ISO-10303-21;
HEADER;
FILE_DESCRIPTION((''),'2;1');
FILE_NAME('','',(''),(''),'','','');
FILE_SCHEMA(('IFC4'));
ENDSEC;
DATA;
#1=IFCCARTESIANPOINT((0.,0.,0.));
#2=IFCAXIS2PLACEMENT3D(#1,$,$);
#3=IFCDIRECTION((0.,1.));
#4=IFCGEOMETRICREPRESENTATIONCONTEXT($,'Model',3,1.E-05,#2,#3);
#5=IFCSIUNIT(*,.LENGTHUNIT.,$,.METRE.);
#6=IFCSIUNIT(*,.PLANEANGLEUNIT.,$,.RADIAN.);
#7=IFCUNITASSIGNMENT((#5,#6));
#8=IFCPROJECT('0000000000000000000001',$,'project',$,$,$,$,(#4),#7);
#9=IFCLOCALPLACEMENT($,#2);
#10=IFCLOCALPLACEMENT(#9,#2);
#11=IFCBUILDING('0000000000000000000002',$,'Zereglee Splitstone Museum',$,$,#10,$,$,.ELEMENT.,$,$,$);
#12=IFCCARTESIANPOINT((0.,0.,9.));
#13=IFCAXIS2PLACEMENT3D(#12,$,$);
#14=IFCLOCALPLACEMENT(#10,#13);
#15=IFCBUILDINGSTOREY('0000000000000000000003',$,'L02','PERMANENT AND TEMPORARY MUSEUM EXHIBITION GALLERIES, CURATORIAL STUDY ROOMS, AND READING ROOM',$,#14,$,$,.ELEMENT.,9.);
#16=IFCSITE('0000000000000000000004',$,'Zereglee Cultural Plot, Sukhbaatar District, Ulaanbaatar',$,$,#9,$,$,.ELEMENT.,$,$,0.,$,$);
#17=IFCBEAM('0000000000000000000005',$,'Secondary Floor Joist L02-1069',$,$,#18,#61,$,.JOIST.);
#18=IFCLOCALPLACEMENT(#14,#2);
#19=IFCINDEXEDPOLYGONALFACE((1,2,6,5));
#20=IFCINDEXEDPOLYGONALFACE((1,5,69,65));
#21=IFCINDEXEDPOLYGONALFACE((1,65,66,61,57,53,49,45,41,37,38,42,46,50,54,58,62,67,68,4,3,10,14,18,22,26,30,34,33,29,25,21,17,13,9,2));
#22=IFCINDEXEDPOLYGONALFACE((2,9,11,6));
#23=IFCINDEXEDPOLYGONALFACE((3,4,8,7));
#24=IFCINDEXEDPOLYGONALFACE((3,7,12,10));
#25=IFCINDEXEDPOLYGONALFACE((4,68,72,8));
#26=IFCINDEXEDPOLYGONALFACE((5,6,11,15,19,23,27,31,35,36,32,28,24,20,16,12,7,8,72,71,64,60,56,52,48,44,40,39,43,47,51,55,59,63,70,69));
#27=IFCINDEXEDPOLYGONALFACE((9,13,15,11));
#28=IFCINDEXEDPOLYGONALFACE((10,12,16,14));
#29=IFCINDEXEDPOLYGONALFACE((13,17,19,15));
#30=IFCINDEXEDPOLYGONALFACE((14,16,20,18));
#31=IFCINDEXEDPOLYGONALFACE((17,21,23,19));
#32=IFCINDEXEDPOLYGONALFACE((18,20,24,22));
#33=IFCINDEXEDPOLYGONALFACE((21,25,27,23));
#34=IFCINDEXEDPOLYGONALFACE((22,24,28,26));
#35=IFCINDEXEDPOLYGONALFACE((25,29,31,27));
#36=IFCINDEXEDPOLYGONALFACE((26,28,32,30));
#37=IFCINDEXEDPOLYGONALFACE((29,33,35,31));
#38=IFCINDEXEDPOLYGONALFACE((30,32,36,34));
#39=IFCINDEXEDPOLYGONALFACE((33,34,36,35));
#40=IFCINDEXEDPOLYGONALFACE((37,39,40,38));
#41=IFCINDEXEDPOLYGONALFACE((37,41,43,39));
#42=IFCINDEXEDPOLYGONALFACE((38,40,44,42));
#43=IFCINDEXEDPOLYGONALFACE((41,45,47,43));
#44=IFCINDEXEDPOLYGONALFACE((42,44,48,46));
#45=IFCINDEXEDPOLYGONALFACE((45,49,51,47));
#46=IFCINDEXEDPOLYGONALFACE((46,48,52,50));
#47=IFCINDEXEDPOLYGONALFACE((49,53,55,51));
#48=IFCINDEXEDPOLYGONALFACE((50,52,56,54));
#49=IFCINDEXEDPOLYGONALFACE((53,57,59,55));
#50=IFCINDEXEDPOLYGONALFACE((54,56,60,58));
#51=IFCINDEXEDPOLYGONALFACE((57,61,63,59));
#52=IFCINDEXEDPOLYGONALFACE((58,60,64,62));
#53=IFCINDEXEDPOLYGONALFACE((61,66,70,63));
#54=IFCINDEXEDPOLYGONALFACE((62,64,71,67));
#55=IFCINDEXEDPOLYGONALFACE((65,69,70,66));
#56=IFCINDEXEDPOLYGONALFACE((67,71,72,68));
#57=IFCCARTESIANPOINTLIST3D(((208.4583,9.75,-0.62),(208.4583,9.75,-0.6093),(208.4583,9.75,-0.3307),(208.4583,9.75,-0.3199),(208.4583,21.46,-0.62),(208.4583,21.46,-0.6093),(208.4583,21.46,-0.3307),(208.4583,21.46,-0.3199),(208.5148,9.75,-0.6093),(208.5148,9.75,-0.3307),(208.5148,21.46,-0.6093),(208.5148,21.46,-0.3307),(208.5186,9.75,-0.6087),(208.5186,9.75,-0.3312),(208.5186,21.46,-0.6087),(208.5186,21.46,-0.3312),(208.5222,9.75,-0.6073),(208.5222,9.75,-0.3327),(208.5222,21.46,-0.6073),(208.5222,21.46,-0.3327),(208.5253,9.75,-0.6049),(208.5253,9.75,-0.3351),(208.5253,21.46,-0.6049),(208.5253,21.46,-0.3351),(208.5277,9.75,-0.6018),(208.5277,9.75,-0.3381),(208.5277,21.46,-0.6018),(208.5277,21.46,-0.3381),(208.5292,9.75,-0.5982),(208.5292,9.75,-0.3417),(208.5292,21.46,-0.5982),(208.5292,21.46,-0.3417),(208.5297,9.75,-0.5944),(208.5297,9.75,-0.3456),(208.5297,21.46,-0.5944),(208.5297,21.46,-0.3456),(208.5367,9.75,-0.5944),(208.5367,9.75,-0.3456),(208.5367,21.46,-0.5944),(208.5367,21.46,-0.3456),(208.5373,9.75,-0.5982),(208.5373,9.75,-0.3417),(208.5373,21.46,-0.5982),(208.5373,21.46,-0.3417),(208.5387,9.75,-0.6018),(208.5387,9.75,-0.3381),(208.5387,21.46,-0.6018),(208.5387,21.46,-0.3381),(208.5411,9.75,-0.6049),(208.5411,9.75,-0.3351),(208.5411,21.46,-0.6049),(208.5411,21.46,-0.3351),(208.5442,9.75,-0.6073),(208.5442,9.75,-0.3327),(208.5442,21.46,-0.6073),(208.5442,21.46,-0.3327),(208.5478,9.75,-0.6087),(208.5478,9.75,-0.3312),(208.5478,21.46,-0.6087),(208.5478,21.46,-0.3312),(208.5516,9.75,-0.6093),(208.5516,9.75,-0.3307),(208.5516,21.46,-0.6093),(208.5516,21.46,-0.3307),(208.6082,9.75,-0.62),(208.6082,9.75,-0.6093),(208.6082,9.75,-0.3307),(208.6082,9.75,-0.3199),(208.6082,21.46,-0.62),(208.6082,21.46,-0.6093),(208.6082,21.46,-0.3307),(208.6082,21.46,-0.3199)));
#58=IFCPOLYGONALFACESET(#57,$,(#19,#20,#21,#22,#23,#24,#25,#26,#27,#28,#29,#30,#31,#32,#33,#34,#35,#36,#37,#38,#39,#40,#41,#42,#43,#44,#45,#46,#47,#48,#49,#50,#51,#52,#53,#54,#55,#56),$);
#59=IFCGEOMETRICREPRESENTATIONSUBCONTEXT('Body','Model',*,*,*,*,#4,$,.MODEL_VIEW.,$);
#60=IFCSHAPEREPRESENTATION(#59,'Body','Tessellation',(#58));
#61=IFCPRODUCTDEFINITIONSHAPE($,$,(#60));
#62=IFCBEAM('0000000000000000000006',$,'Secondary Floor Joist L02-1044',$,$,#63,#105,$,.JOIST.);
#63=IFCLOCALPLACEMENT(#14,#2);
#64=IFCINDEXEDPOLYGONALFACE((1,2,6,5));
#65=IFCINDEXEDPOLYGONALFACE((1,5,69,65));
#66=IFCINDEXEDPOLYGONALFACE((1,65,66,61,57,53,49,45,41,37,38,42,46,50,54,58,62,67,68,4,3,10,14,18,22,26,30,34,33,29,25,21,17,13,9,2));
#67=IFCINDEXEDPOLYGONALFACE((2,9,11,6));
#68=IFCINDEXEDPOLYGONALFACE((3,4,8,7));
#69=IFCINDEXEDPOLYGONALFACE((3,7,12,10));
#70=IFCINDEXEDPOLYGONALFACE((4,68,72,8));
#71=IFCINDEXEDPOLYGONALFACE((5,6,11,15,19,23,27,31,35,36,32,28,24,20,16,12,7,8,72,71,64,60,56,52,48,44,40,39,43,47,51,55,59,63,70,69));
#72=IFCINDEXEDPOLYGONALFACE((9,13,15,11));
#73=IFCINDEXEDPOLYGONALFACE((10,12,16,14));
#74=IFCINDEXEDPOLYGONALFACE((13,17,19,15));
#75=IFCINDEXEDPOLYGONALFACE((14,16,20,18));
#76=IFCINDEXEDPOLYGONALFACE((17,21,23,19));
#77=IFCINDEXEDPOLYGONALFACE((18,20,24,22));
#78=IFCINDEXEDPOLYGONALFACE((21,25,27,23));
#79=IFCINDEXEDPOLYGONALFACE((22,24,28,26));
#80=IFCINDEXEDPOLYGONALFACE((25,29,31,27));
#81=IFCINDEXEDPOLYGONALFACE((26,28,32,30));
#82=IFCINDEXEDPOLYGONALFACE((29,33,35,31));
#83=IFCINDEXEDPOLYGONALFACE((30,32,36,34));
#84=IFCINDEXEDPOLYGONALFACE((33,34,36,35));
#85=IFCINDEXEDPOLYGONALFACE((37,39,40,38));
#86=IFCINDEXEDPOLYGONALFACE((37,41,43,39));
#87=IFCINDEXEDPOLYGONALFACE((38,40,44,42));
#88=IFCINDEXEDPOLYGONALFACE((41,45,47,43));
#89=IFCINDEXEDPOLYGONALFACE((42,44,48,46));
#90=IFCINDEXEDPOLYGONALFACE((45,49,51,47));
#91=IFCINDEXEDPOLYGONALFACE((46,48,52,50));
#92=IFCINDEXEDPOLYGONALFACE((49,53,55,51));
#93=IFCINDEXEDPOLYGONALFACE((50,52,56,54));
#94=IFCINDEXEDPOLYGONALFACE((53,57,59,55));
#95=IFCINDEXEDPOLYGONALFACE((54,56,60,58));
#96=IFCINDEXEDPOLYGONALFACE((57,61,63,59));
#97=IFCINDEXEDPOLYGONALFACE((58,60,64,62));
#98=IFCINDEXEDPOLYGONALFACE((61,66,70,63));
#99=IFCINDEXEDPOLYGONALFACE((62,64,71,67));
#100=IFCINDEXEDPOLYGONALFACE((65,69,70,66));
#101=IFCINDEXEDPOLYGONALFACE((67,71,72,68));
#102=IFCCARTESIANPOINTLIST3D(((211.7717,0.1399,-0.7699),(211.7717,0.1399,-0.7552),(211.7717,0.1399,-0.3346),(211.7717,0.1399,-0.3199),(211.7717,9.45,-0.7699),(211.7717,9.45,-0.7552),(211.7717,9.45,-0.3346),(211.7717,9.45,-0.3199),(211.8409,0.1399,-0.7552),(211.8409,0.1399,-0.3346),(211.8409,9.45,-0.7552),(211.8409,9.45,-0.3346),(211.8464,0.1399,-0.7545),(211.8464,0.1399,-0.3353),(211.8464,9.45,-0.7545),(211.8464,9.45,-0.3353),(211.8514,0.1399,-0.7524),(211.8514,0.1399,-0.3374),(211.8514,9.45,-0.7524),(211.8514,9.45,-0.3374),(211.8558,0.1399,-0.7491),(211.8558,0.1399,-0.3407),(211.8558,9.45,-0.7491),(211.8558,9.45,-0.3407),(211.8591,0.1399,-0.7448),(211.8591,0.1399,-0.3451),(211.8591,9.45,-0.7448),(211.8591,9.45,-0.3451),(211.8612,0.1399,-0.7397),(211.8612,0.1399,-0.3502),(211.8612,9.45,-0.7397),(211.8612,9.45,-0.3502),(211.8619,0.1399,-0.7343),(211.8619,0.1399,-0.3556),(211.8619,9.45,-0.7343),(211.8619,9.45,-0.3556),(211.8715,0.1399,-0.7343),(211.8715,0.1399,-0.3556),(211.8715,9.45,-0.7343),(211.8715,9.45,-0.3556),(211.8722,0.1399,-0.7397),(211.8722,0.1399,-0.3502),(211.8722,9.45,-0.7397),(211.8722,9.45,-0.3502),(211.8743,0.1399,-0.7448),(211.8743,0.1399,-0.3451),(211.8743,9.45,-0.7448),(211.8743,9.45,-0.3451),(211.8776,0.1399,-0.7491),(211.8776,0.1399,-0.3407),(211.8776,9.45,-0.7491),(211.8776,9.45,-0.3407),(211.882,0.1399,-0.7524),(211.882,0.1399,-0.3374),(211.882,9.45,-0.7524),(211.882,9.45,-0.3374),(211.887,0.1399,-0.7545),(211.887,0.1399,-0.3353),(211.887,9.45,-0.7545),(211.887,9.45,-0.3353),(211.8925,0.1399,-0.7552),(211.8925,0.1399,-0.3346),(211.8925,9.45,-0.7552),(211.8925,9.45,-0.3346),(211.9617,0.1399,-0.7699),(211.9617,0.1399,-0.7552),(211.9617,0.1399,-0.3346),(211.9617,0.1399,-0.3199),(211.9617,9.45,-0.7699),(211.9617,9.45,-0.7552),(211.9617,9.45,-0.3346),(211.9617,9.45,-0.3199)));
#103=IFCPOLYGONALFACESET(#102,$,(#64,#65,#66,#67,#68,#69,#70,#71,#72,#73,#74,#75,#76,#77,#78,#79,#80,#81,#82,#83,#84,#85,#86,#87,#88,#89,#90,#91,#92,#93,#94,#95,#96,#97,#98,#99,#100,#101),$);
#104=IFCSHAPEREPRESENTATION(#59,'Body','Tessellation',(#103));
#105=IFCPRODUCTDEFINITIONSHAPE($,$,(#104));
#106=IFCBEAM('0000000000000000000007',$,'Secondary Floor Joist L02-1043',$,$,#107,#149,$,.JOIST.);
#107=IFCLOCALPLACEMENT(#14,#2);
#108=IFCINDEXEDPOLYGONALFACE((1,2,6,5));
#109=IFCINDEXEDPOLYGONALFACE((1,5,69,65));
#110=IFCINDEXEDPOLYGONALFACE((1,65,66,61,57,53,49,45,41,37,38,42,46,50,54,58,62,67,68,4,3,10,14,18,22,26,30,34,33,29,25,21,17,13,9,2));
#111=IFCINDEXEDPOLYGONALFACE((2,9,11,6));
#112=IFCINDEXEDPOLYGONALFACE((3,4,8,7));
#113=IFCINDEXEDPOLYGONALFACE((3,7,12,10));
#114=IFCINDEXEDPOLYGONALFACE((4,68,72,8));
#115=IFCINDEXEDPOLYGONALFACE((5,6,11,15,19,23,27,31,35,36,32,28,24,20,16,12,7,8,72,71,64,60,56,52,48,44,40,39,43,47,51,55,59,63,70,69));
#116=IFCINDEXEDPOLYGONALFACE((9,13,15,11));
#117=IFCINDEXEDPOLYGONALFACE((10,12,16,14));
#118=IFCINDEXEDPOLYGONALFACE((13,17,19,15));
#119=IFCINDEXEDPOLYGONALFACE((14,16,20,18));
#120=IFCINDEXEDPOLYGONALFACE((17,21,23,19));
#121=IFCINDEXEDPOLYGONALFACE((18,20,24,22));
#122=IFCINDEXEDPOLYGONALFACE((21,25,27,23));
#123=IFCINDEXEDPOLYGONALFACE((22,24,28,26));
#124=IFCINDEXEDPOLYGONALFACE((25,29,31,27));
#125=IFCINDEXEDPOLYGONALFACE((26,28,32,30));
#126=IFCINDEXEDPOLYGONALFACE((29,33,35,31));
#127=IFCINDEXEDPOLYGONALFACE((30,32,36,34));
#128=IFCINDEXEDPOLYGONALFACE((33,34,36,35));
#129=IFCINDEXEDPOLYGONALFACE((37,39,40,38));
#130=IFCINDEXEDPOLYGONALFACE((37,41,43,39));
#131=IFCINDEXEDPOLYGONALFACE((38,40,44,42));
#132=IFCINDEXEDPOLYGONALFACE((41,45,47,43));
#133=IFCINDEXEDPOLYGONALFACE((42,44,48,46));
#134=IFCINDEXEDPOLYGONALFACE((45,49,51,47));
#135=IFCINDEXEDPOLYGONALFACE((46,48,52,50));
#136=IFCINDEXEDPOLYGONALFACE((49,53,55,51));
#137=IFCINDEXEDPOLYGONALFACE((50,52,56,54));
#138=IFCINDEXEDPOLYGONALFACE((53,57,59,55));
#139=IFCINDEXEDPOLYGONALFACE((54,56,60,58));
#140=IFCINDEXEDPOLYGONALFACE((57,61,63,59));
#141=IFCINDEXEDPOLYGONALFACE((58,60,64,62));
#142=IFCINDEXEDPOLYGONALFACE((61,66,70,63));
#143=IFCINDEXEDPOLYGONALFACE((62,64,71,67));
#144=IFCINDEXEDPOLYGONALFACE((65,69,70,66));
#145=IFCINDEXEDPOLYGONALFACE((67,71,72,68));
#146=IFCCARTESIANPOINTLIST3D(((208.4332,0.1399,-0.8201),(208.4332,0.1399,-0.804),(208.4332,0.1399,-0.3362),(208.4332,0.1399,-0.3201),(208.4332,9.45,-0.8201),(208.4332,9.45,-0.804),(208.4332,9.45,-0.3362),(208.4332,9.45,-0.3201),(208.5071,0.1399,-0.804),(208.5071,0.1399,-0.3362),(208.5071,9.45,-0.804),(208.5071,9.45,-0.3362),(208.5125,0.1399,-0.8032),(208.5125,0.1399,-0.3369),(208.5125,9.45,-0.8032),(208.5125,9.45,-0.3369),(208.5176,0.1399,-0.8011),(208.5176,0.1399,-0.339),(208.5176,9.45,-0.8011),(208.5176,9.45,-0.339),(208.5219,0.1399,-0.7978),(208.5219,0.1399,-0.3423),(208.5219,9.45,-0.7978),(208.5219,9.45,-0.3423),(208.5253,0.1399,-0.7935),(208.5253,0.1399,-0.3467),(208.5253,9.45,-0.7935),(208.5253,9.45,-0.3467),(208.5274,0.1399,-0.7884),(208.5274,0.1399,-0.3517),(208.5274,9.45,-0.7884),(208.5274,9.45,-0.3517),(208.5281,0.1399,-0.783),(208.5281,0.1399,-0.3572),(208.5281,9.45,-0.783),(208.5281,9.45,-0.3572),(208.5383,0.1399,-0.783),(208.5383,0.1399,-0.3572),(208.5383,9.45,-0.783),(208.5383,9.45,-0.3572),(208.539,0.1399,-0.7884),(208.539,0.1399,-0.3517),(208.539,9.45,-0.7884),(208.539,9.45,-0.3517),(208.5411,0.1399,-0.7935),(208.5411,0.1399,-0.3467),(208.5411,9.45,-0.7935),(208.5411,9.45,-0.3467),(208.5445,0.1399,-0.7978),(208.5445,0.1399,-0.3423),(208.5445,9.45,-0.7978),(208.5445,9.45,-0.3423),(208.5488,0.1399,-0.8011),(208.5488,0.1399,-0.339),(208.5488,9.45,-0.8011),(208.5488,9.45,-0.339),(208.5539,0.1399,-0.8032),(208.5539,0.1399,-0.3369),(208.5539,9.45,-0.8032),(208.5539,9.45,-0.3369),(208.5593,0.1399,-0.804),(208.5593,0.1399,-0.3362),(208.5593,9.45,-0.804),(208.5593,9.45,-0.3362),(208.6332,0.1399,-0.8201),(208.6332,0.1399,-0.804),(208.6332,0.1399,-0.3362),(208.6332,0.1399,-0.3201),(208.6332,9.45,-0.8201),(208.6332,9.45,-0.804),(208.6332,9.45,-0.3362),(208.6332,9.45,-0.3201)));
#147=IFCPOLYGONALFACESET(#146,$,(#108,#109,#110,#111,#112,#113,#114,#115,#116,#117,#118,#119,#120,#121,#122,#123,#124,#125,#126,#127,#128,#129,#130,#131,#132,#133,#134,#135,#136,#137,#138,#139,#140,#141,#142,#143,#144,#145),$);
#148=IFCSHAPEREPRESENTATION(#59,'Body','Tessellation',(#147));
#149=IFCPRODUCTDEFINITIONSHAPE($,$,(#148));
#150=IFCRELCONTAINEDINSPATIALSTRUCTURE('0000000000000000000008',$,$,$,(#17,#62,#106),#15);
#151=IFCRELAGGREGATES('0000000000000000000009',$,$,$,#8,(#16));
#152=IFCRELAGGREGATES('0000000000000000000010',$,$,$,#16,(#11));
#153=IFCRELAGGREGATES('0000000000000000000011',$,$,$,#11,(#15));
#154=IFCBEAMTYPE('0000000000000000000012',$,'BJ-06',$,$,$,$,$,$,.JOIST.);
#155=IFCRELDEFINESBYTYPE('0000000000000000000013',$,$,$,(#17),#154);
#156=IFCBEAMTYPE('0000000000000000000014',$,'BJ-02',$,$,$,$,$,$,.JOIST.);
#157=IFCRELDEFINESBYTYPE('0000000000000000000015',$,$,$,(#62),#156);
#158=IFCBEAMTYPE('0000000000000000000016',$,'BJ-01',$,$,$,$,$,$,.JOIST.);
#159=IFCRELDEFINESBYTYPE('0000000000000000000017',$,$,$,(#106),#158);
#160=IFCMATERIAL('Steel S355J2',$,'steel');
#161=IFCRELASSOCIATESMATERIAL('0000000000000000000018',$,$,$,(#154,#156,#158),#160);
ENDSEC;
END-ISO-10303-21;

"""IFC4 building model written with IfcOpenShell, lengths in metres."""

from ifc_helpers import new_model, si_unit, direction, frame, origin, origin_2d, place, context, subcontext, project, spatial, i_section, extrude, material, material_profile, profile_set, type_object, element, save


model = new_model("IFC4")

# Units and contexts
model_context = context("Model", 3, precision=1e-05, world=origin(), true_north=direction((0.0, 1.0)))
body_context = subcontext(model_context, "Body", "Model", "MODEL_VIEW")
ifc_project = project(units=[si_unit("LENGTHUNIT", "METRE"), si_unit("PLANEANGLEUNIT", "RADIAN")], contexts=[model_context])

# Site, building, storey
site_placement = place(None, origin())
site = spatial("IfcSite", under=ifc_project, at=site_placement, Name="Zereglee Cultural Plot, Sukhbaatar District, Ulaanbaatar", CompositionType="ELEMENT", RefElevation=0.0)
building_placement = place(site_placement, origin())
building = spatial("IfcBuilding", under=site, at=building_placement, Name="Zereglee Splitstone Museum", CompositionType="ELEMENT")
storey_placement = place(building_placement, frame((0.0, 0.0, 9.0)))
storey = spatial("IfcBuildingStorey", under=building, at=storey_placement, Name="L02", Description="PERMANENT AND TEMPORARY MUSEUM EXHIBITION GALLERIES, CURATORIAL STUDY ROOMS, AND READING ROOM", CompositionType="ELEMENT", Elevation=9.0)

# Shared definitions
ifc_material_1 = material(Name="Steel S355J2", Category="steel")

# Beams
ifc_material_profile_1 = material_profile(ifc_material_1, i_section(OverallWidth=0.1499, OverallDepth=0.3, WebThickness=0.0071, FlangeThickness=0.0107, FilletRadius=0.0149, at=origin_2d()), Name="IPE 300")
ifc_profile_set_1 = profile_set([ifc_material_profile_1], Name="Steel S355J2")
beam_type_1 = type_object("IfcBeamType", Name="BJ-06", PredefinedType="JOIST", material=ifc_profile_set_1)
beam_1_placement = place(storey_placement, frame((208.5332, 9.75, -0.47), z_axis=(0.0, 1.0, 0.0), x_axis=(-1.0, 0.0, 0.0)))
element("IfcBeam", 1, at=beam_1_placement, inside=storey, type_object=beam_type_1, Name="Secondary Floor Joist L02-1069", PredefinedType="JOIST", context=body_context, shape_type="SweptSolid", body=[
    extrude(i_section(OverallWidth=0.1499, OverallDepth=0.3, WebThickness=0.0071, FlangeThickness=0.0107, FilletRadius=0.0149, at=origin_2d()), origin(), (0.0, 0.0, 1.0), 11.71),
])
ifc_material_profile_2 = material_profile(ifc_material_1, i_section(OverallWidth=0.1899, OverallDepth=0.45, WebThickness=0.0095, FlangeThickness=0.0146, FilletRadius=0.021, at=origin_2d()), Name="IPE 450")
ifc_profile_set_2 = profile_set([ifc_material_profile_2], Name="Steel S355J2")
beam_type_2 = type_object("IfcBeamType", Name="BJ-02", PredefinedType="JOIST", material=ifc_profile_set_2)
beam_2_placement = place(storey_placement, frame((211.8667, 0.1399, -0.5449), z_axis=(0.0, 1.0, 0.0), x_axis=(-1.0, 0.0, 0.0)))
element("IfcBeam", 2, at=beam_2_placement, inside=storey, type_object=beam_type_2, Name="Secondary Floor Joist L02-1044", PredefinedType="JOIST", context=body_context, shape_type="SweptSolid", body=[
    extrude(i_section(OverallWidth=0.1899, OverallDepth=0.45, WebThickness=0.0095, FlangeThickness=0.0146, FilletRadius=0.021, at=origin_2d()), origin(), (0.0, 0.0, 1.0), 9.3101),
])
ifc_material_profile_3 = material_profile(ifc_material_1, i_section(OverallWidth=0.2, OverallDepth=0.5, WebThickness=0.0103, FlangeThickness=0.0161, FilletRadius=0.021, at=origin_2d()), Name="IPE 500")
ifc_profile_set_3 = profile_set([ifc_material_profile_3], Name="Steel S355J2")
beam_type_3 = type_object("IfcBeamType", Name="BJ-01", PredefinedType="JOIST", material=ifc_profile_set_3)
beam_3_placement = place(storey_placement, frame((208.5332, 0.1399, -0.5701), z_axis=(0.0, 1.0, 0.0), x_axis=(-1.0, 0.0, 0.0)))
element("IfcBeam", 3, at=beam_3_placement, inside=storey, type_object=beam_type_3, Name="Secondary Floor Joist L02-1043", PredefinedType="JOIST", context=body_context, shape_type="SweptSolid", body=[
    extrude(i_section(OverallWidth=0.2, OverallDepth=0.5, WebThickness=0.0103, FlangeThickness=0.0161, FilletRadius=0.021, at=origin_2d()), origin(), (0.0, 0.0, 1.0), 9.3101),
])

save(model, "model.ifc")
